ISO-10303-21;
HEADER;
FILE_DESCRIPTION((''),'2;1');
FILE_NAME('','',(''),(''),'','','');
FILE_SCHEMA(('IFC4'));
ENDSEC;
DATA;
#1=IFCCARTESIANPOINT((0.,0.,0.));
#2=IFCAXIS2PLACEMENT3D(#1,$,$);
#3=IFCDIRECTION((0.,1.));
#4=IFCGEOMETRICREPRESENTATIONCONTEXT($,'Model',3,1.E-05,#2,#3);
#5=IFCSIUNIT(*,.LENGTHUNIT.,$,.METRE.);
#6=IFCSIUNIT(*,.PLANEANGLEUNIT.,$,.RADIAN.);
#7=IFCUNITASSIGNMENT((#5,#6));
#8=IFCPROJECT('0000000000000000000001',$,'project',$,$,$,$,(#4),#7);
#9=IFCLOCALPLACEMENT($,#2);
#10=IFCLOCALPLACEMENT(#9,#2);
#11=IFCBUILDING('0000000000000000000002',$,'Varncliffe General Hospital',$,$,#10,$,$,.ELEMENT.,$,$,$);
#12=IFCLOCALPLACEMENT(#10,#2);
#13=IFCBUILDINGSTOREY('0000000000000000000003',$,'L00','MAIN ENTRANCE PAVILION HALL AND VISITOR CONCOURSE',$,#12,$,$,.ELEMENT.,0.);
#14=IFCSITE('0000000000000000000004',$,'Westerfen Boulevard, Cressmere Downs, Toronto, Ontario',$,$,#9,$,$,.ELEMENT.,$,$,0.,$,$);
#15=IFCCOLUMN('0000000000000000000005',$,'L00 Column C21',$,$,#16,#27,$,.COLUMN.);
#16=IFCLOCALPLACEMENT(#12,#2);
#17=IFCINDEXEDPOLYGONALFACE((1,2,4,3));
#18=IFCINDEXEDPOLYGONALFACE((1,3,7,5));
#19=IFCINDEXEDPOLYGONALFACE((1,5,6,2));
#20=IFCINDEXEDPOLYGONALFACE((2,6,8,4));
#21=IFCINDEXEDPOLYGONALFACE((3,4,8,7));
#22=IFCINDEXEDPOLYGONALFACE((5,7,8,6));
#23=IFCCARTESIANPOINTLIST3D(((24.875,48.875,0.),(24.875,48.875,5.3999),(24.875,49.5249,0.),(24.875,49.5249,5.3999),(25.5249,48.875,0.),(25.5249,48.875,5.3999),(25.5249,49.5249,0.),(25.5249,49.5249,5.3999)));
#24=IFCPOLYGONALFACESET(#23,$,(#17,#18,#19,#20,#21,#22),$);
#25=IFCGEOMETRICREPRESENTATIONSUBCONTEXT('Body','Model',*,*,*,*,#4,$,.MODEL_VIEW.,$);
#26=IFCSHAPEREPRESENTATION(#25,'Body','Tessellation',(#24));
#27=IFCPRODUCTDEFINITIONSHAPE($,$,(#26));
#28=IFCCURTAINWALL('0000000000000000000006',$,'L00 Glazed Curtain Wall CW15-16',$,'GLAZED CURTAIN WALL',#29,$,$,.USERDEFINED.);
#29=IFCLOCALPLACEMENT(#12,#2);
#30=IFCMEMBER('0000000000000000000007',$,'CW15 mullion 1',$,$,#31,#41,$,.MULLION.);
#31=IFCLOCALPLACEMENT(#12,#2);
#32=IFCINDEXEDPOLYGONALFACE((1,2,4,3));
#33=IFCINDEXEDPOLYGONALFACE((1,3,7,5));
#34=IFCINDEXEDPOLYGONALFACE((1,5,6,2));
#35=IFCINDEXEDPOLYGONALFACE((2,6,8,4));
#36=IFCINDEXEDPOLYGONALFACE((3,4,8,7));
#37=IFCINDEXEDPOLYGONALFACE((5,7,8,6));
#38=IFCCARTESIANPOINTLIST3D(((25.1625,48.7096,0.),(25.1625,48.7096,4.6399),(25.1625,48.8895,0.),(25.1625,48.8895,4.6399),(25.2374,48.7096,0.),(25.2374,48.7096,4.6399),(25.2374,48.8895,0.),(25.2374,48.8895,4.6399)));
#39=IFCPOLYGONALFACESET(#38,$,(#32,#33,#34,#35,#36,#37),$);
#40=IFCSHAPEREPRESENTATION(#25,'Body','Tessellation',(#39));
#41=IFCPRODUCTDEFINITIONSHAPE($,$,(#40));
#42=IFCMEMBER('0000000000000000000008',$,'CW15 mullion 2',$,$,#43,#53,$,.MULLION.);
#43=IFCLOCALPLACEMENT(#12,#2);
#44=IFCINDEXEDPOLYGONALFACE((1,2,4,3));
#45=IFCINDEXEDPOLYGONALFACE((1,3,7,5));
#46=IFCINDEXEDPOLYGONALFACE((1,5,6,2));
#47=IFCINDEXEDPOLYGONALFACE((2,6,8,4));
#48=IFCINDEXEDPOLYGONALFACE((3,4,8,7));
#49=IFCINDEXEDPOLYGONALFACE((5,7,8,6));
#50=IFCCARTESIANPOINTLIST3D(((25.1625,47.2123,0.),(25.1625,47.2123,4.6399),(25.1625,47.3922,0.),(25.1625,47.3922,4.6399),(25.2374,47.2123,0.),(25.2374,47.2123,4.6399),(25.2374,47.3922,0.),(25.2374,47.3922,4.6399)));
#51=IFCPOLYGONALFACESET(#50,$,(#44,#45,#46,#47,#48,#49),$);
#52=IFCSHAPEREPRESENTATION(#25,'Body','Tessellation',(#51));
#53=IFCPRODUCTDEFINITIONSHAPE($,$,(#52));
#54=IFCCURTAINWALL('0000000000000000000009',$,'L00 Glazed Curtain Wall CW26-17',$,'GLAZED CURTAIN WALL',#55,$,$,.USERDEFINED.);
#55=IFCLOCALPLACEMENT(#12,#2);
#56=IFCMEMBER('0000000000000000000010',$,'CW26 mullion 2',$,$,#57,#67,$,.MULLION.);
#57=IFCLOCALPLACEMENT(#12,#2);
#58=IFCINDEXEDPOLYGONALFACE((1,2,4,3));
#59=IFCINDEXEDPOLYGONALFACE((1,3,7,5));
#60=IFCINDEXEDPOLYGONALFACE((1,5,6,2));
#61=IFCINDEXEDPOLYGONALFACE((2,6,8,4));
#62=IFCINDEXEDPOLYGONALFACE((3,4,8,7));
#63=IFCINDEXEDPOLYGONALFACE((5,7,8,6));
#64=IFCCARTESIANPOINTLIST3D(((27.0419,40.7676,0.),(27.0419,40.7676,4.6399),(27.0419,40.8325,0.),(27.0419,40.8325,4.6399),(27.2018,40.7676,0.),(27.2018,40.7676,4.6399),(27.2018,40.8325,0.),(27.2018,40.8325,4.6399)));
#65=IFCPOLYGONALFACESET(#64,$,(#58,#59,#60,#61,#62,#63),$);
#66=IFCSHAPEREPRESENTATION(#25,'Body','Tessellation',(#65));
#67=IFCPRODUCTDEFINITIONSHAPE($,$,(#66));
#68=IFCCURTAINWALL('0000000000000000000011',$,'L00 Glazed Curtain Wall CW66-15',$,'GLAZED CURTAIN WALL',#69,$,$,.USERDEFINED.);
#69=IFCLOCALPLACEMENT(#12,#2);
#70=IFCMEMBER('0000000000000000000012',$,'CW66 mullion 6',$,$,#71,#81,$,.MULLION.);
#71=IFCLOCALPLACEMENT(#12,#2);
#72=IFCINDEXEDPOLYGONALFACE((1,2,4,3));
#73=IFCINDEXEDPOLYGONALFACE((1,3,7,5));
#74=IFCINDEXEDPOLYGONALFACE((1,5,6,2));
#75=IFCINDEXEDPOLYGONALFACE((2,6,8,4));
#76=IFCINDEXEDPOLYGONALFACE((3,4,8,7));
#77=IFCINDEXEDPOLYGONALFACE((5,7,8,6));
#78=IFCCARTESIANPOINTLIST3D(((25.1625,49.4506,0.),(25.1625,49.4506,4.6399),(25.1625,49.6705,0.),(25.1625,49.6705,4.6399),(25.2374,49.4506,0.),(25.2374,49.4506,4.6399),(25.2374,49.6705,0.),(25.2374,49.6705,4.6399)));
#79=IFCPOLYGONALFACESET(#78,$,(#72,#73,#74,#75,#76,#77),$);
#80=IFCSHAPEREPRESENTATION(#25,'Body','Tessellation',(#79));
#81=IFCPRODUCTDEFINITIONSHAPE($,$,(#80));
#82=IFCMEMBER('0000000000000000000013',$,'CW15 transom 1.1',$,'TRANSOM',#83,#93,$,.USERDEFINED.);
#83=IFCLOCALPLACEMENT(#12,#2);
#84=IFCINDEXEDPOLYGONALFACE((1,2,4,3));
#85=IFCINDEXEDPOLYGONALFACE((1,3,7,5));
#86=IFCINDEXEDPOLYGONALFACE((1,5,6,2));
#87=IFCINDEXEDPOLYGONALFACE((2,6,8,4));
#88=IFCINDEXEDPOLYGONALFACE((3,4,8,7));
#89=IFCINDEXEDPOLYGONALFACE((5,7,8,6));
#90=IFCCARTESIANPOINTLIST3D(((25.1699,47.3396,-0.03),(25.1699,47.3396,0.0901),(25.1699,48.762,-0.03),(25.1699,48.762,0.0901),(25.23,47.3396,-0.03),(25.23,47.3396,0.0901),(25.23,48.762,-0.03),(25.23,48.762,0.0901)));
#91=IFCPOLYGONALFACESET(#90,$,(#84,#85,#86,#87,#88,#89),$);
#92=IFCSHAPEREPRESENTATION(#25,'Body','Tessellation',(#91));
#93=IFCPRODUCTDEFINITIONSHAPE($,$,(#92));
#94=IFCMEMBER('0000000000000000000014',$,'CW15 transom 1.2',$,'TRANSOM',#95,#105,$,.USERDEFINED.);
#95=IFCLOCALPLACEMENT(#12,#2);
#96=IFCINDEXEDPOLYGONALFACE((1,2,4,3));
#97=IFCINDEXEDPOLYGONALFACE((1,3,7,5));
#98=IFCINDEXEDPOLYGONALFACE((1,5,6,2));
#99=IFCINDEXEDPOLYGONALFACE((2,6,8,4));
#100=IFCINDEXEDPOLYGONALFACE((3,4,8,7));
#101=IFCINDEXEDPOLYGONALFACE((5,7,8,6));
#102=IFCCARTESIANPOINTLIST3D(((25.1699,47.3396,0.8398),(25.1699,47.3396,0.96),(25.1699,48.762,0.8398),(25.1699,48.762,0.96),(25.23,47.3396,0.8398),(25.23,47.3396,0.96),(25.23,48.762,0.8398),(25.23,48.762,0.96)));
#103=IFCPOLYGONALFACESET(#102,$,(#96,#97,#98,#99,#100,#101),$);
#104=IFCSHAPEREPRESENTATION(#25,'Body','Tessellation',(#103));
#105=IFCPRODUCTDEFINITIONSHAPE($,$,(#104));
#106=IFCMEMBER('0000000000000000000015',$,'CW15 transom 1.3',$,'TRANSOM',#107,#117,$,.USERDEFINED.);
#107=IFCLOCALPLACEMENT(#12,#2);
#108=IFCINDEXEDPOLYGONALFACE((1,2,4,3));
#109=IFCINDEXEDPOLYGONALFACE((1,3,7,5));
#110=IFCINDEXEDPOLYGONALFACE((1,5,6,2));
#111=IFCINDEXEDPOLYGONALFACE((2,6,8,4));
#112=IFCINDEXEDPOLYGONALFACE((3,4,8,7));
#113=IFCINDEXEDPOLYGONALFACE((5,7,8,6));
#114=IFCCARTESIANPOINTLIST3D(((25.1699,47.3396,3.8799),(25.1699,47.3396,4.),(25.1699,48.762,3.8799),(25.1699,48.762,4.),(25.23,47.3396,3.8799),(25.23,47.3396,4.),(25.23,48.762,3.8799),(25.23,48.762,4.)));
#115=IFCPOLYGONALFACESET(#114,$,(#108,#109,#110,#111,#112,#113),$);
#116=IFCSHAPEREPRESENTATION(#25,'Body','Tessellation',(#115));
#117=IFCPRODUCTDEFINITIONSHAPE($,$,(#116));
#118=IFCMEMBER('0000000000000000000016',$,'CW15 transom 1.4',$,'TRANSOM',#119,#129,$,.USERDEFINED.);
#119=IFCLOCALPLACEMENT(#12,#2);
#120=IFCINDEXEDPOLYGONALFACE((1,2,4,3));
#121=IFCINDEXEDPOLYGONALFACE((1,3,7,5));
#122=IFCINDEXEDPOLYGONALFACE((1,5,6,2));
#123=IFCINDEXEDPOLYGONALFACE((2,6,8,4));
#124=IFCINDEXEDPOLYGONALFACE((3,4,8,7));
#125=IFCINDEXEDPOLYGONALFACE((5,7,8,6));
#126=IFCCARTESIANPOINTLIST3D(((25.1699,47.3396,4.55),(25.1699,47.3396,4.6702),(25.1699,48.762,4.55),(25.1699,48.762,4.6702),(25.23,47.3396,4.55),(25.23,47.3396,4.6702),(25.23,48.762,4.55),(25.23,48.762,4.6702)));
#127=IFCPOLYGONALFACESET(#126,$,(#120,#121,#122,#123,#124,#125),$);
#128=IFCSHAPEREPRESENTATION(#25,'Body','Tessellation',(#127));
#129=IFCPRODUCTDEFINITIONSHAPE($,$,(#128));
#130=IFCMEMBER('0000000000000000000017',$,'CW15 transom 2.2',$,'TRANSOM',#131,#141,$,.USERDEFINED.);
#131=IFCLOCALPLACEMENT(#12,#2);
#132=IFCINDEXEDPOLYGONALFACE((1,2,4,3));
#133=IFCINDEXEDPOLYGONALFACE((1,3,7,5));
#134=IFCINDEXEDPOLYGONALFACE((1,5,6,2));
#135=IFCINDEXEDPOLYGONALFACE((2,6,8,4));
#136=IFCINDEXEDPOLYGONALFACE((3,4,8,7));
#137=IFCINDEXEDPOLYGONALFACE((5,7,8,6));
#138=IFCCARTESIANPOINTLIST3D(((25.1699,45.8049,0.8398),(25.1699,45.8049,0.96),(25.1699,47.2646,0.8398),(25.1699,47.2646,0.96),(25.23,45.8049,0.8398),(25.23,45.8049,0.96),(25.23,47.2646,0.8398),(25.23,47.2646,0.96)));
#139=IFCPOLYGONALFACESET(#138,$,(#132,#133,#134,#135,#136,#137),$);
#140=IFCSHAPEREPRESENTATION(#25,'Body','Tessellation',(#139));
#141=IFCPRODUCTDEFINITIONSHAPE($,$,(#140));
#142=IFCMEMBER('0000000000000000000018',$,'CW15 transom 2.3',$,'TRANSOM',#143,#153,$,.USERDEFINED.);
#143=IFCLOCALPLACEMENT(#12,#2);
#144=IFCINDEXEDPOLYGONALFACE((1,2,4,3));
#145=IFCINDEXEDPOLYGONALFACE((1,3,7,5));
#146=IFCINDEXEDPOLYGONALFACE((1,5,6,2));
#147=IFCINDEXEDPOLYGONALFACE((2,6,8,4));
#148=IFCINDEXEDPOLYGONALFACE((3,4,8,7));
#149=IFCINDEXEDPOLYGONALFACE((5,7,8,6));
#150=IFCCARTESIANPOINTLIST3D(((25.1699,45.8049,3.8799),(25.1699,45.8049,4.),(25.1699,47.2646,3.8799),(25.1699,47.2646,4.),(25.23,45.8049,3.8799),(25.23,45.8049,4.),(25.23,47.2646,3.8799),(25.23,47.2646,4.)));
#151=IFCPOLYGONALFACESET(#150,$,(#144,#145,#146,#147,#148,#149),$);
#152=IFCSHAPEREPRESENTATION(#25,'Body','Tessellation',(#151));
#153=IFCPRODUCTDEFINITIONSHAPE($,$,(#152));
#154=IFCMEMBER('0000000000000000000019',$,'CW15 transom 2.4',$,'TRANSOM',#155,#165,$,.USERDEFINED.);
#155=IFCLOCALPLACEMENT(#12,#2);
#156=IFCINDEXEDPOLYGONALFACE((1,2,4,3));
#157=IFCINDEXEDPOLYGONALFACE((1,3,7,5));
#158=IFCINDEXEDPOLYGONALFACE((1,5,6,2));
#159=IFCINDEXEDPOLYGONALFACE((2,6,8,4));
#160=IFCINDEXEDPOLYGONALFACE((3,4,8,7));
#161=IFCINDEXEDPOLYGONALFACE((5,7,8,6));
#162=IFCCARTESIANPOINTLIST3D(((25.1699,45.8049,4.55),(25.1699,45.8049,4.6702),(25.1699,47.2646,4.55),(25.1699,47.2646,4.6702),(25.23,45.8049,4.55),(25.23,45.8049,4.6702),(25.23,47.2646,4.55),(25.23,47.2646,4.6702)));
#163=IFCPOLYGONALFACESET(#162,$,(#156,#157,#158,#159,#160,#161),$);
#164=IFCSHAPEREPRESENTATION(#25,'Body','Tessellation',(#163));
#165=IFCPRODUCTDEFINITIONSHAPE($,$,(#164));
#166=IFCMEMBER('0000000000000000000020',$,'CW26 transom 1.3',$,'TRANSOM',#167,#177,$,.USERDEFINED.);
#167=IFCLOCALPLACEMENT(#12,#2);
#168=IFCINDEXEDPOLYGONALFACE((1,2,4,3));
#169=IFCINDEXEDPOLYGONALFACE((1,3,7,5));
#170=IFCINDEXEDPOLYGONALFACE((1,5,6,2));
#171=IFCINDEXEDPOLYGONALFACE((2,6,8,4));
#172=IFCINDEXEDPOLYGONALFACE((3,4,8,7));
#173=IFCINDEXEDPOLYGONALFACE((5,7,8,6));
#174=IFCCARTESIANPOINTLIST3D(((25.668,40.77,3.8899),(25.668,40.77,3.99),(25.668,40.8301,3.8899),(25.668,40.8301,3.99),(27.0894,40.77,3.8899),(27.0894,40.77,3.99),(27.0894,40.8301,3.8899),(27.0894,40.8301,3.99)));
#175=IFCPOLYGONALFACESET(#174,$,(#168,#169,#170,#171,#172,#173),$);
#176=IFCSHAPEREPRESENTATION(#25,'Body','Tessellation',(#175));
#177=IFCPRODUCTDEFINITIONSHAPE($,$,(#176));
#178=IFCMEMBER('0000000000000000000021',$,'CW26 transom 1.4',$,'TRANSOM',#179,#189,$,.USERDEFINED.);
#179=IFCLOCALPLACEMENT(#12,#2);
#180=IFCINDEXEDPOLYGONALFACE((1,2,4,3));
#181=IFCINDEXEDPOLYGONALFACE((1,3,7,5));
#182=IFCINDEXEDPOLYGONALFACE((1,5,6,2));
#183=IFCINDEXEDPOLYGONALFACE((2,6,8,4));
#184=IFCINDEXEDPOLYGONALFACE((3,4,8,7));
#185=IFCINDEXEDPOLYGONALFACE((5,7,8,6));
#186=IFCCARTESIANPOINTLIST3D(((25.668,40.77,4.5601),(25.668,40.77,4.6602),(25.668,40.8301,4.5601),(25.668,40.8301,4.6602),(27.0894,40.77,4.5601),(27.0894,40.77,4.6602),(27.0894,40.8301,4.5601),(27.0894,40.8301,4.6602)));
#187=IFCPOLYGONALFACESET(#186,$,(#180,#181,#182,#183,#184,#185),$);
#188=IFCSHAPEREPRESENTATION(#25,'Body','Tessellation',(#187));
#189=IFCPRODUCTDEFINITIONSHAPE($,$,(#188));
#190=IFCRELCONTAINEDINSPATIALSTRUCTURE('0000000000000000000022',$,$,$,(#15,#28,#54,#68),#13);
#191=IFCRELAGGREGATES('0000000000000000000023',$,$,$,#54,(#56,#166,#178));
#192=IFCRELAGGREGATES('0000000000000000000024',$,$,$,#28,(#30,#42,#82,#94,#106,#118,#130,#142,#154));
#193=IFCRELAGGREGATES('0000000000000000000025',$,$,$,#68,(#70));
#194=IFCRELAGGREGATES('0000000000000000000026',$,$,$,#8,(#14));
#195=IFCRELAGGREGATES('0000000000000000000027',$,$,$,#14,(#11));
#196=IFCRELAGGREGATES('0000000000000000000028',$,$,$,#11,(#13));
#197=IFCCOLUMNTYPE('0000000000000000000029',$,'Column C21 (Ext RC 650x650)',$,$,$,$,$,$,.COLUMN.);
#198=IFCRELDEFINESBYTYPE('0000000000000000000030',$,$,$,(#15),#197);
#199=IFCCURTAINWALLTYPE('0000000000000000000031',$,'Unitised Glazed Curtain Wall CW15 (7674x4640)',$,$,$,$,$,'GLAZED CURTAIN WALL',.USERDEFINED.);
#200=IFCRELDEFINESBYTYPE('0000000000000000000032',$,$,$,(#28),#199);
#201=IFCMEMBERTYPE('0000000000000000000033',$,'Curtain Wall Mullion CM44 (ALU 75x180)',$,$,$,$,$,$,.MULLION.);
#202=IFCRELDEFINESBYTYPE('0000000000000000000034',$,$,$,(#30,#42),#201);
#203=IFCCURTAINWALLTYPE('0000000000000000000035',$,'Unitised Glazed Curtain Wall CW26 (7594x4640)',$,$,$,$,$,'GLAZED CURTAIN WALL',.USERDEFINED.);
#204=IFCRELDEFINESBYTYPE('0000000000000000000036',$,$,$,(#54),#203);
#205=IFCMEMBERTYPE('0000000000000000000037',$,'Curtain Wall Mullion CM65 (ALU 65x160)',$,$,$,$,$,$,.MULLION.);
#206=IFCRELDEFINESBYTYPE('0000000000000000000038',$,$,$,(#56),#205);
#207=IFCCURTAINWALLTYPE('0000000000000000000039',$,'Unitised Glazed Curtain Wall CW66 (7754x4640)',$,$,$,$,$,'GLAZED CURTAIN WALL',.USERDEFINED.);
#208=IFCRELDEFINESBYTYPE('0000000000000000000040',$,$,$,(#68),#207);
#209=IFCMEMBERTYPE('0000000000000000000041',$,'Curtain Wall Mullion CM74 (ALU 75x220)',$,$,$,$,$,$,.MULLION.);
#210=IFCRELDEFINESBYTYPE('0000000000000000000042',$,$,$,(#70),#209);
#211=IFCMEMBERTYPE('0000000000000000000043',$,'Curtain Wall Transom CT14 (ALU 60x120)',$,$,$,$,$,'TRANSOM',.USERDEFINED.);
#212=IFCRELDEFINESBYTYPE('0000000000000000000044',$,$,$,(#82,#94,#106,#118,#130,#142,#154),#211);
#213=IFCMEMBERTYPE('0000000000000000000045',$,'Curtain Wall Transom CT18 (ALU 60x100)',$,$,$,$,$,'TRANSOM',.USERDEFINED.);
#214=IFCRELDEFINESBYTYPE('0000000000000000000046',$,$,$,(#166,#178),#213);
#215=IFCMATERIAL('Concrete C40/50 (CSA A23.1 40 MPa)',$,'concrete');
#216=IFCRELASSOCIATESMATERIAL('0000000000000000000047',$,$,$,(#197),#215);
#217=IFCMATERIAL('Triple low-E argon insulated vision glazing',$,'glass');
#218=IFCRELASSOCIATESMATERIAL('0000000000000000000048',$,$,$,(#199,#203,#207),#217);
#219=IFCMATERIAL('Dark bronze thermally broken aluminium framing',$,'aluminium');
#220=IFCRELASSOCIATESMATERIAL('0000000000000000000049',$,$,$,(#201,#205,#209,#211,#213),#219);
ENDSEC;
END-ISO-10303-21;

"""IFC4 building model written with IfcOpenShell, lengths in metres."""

from ifc_helpers import new_model, si_unit, direction, frame, origin, origin_2d, place, context, subcontext, project, spatial, rectangle, extrude, material, material_profile, profile_set, type_object, element, aggregate, save


model = new_model("IFC4")

# Units and contexts
model_context = context("Model", 3, precision=1e-05, world=origin(), true_north=direction((0.0, 1.0)))
body_context = subcontext(model_context, "Body", "Model", "MODEL_VIEW")
ifc_project = project(units=[si_unit("LENGTHUNIT", "METRE"), si_unit("PLANEANGLEUNIT", "RADIAN")], contexts=[model_context])

# Site, building, storey
site_placement = place(None, origin())
site = spatial("IfcSite", under=ifc_project, at=site_placement, Name="Westerfen Boulevard, Cressmere Downs, Toronto, Ontario", CompositionType="ELEMENT", RefElevation=0.0)
building_placement = place(site_placement, origin())
building = spatial("IfcBuilding", under=site, at=building_placement, Name="Varncliffe General Hospital", CompositionType="ELEMENT")
storey_placement = place(building_placement, origin())
storey = spatial("IfcBuildingStorey", under=building, at=storey_placement, Name="L00", Description="MAIN ENTRANCE PAVILION HALL AND VISITOR CONCOURSE", CompositionType="ELEMENT", Elevation=0.0)

# Column
ifc_material_1 = material(Name="Concrete C40/50 (CSA A23.1 40 MPa)", Category="concrete")
ifc_material_profile_1 = material_profile(ifc_material_1, rectangle(XDim=0.6499, YDim=0.6499, at=origin_2d()), Name="RC 650x650")
ifc_profile_set_1 = profile_set([ifc_material_profile_1], Name="Concrete C40/50 (CSA A23.1 40 MPa)")
column_type = type_object("IfcColumnType", Name="Column C21 (Ext RC 650x650)", PredefinedType="COLUMN", material=ifc_profile_set_1)
column_placement = place(storey_placement, frame((25.2, 49.2, 0.0), z_axis=(0.0, 0.0, 1.0), x_axis=(1.0, 0.0, 0.0)))
element("IfcColumn", 1, at=column_placement, inside=storey, type_object=column_type, Name="L00 Column C21", PredefinedType="COLUMN", context=body_context, shape_type="SweptSolid", body=[
    extrude(rectangle(XDim=0.6499, YDim=0.6499, at=origin_2d()), origin(), (0.0, 0.0, 1.0), 5.3999),
])

# Curtain wall, members
ifc_material_2 = material(Name="Triple low-E argon insulated vision glazing", Category="glass")
curtain_wall_type_1 = type_object("IfcCurtainWallType", Name="Unitised Glazed Curtain Wall CW15 (7674x4640)", ElementType="GLAZED CURTAIN WALL", PredefinedType="USERDEFINED", material=ifc_material_2)
curtain_wall_1_placement = place(storey_placement, origin())
curtain_wall_1 = element("IfcCurtainWall", 2, at=curtain_wall_1_placement, inside=storey, type_object=curtain_wall_type_1, Name="L00 Glazed Curtain Wall CW15-16", ObjectType="GLAZED CURTAIN WALL", PredefinedType="USERDEFINED")
ifc_material_3 = material(Name="Dark bronze thermally broken aluminium framing", Category="aluminium")
ifc_material_profile_2 = material_profile(ifc_material_3, rectangle(XDim=0.075, YDim=0.1799, at=origin_2d()), Name="ALU 75x180")
ifc_profile_set_2 = profile_set([ifc_material_profile_2], Name="Dark bronze thermally broken aluminium framing")
member_type_1 = type_object("IfcMemberType", Name="Curtain Wall Mullion CM44 (ALU 75x180)", PredefinedType="MULLION", material=ifc_profile_set_2)
member_1_placement = place(storey_placement, frame((25.2, 48.7996, 0.0), z_axis=(0.0, 0.0, 1.0), x_axis=(1.0, 0.0, 0.0)))
member_1 = element("IfcMember", 3, at=member_1_placement, type_object=member_type_1, Name="CW15 mullion 1", PredefinedType="MULLION", context=body_context, shape_type="SweptSolid", body=[
    extrude(rectangle(XDim=0.075, YDim=0.1799, at=origin_2d()), origin(), (0.0, 0.0, 1.0), 4.6399),
])
member_2_placement = place(storey_placement, frame((25.2, 47.3022, 0.0), z_axis=(0.0, 0.0, 1.0), x_axis=(1.0, 0.0, 0.0)))
member_2 = element("IfcMember", 4, at=member_2_placement, type_object=member_type_1, Name="CW15 mullion 2", PredefinedType="MULLION", context=body_context, shape_type="SweptSolid", body=[
    extrude(rectangle(XDim=0.075, YDim=0.1799, at=origin_2d()), origin(), (0.0, 0.0, 1.0), 4.6399),
])

# Curtain walls, members
curtain_wall_type_2 = type_object("IfcCurtainWallType", Name="Unitised Glazed Curtain Wall CW26 (7594x4640)", ElementType="GLAZED CURTAIN WALL", PredefinedType="USERDEFINED", material=ifc_material_2)
curtain_wall_2_placement = place(storey_placement, origin())
curtain_wall_2 = element("IfcCurtainWall", 5, at=curtain_wall_2_placement, inside=storey, type_object=curtain_wall_type_2, Name="L00 Glazed Curtain Wall CW26-17", ObjectType="GLAZED CURTAIN WALL", PredefinedType="USERDEFINED")
ifc_material_profile_3 = material_profile(ifc_material_3, rectangle(XDim=0.0649, YDim=0.1599, at=origin_2d()), Name="ALU 65x160")
ifc_profile_set_3 = profile_set([ifc_material_profile_3], Name="Dark bronze thermally broken aluminium framing")
member_type_2 = type_object("IfcMemberType", Name="Curtain Wall Mullion CM65 (ALU 65x160)", PredefinedType="MULLION", material=ifc_profile_set_3)
member_3_placement = place(storey_placement, frame((27.1218, 40.8, 0.0), z_axis=(0.0, 0.0, 1.0), x_axis=(0.0, 1.0, 0.0)))
member_3 = element("IfcMember", 6, at=member_3_placement, type_object=member_type_2, Name="CW26 mullion 2", PredefinedType="MULLION", context=body_context, shape_type="SweptSolid", body=[
    extrude(rectangle(XDim=0.0649, YDim=0.1599, at=origin_2d()), origin(), (0.0, 0.0, 1.0), 4.6399),
])
curtain_wall_type_3 = type_object("IfcCurtainWallType", Name="Unitised Glazed Curtain Wall CW66 (7754x4640)", ElementType="GLAZED CURTAIN WALL", PredefinedType="USERDEFINED", material=ifc_material_2)
curtain_wall_3_placement = place(storey_placement, origin())
curtain_wall_3 = element("IfcCurtainWall", 7, at=curtain_wall_3_placement, inside=storey, type_object=curtain_wall_type_3, Name="L00 Glazed Curtain Wall CW66-15", ObjectType="GLAZED CURTAIN WALL", PredefinedType="USERDEFINED")
ifc_material_profile_4 = material_profile(ifc_material_3, rectangle(XDim=0.075, YDim=0.22, at=origin_2d()), Name="ALU 75x220")
ifc_profile_set_4 = profile_set([ifc_material_profile_4], Name="Dark bronze thermally broken aluminium framing")
member_type_3 = type_object("IfcMemberType", Name="Curtain Wall Mullion CM74 (ALU 75x220)", PredefinedType="MULLION", material=ifc_profile_set_4)
member_4_placement = place(storey_placement, frame((25.2, 49.5605, 0.0), z_axis=(0.0, 0.0, 1.0), x_axis=(1.0, 0.0, 0.0)))
member_4 = element("IfcMember", 8, at=member_4_placement, type_object=member_type_3, Name="CW66 mullion 6", PredefinedType="MULLION", context=body_context, shape_type="SweptSolid", body=[
    extrude(rectangle(XDim=0.075, YDim=0.22, at=origin_2d()), origin(), (0.0, 0.0, 1.0), 4.6399),
])

# Members
ifc_material_profile_5 = material_profile(ifc_material_3, rectangle(XDim=0.0601, YDim=0.1201, at=origin_2d()), Name="ALU 60x120")
ifc_profile_set_5 = profile_set([ifc_material_profile_5], Name="Dark bronze thermally broken aluminium framing")
member_type_4 = type_object("IfcMemberType", Name="Curtain Wall Transom CT14 (ALU 60x120)", ElementType="TRANSOM", PredefinedType="USERDEFINED", material=ifc_profile_set_5)
member_5_placement = place(storey_placement, frame((25.2, 48.762, 0.03), z_axis=(0.0, -1.0, 0.0), x_axis=(1.0, 0.0, 0.0)))
member_5 = element("IfcMember", 9, at=member_5_placement, type_object=member_type_4, Name="CW15 transom 1.1", ObjectType="TRANSOM", PredefinedType="USERDEFINED", context=body_context, shape_type="SweptSolid", body=[
    extrude(rectangle(XDim=0.0601, YDim=0.1201, at=origin_2d()), origin(), (0.0, 0.0, 1.0), 1.4224),
])
member_6_placement = place(storey_placement, frame((25.2, 48.762, 0.8999), z_axis=(0.0, -1.0, 0.0), x_axis=(1.0, 0.0, 0.0)))
member_6 = element("IfcMember", 10, at=member_6_placement, type_object=member_type_4, Name="CW15 transom 1.2", ObjectType="TRANSOM", PredefinedType="USERDEFINED", context=body_context, shape_type="SweptSolid", body=[
    extrude(rectangle(XDim=0.0601, YDim=0.1201, at=origin_2d()), origin(), (0.0, 0.0, 1.0), 1.4224),
])
member_7_placement = place(storey_placement, frame((25.2, 48.762, 3.9399), z_axis=(0.0, -1.0, 0.0), x_axis=(1.0, 0.0, 0.0)))
member_7 = element("IfcMember", 11, at=member_7_placement, type_object=member_type_4, Name="CW15 transom 1.3", ObjectType="TRANSOM", PredefinedType="USERDEFINED", context=body_context, shape_type="SweptSolid", body=[
    extrude(rectangle(XDim=0.0601, YDim=0.1201, at=origin_2d()), origin(), (0.0, 0.0, 1.0), 1.4224),
])
member_8_placement = place(storey_placement, frame((25.2, 48.762, 4.6101), z_axis=(0.0, -1.0, 0.0), x_axis=(1.0, 0.0, 0.0)))
member_8 = element("IfcMember", 12, at=member_8_placement, type_object=member_type_4, Name="CW15 transom 1.4", ObjectType="TRANSOM", PredefinedType="USERDEFINED", context=body_context, shape_type="SweptSolid", body=[
    extrude(rectangle(XDim=0.0601, YDim=0.1201, at=origin_2d()), origin(), (0.0, 0.0, 1.0), 1.4224),
])
member_9_placement = place(storey_placement, frame((25.2, 47.2646, 0.8999), z_axis=(0.0, -1.0, 0.0), x_axis=(1.0, 0.0, 0.0)))
member_9 = element("IfcMember", 13, at=member_9_placement, type_object=member_type_4, Name="CW15 transom 2.2", ObjectType="TRANSOM", PredefinedType="USERDEFINED", context=body_context, shape_type="SweptSolid", body=[
    extrude(rectangle(XDim=0.0601, YDim=0.1201, at=origin_2d()), origin(), (0.0, 0.0, 1.0), 1.4597),
])
member_10_placement = place(storey_placement, frame((25.2, 47.2646, 3.9399), z_axis=(0.0, -1.0, 0.0), x_axis=(1.0, 0.0, 0.0)))
member_10 = element("IfcMember", 14, at=member_10_placement, type_object=member_type_4, Name="CW15 transom 2.3", ObjectType="TRANSOM", PredefinedType="USERDEFINED", context=body_context, shape_type="SweptSolid", body=[
    extrude(rectangle(XDim=0.0601, YDim=0.1201, at=origin_2d()), origin(), (0.0, 0.0, 1.0), 1.4597),
])
member_11_placement = place(storey_placement, frame((25.2, 47.2646, 4.6101), z_axis=(0.0, -1.0, 0.0), x_axis=(1.0, 0.0, 0.0)))
member_11 = element("IfcMember", 15, at=member_11_placement, type_object=member_type_4, Name="CW15 transom 2.4", ObjectType="TRANSOM", PredefinedType="USERDEFINED", context=body_context, shape_type="SweptSolid", body=[
    extrude(rectangle(XDim=0.0601, YDim=0.1201, at=origin_2d()), origin(), (0.0, 0.0, 1.0), 1.4597),
])
ifc_material_profile_6 = material_profile(ifc_material_3, rectangle(XDim=0.0601, YDim=0.1001, at=origin_2d()), Name="ALU 60x100")
ifc_profile_set_6 = profile_set([ifc_material_profile_6], Name="Dark bronze thermally broken aluminium framing")
member_type_5 = type_object("IfcMemberType", Name="Curtain Wall Transom CT18 (ALU 60x100)", ElementType="TRANSOM", PredefinedType="USERDEFINED", material=ifc_profile_set_6)
member_12_placement = place(storey_placement, frame((25.668, 40.8, 3.9399), z_axis=(1.0, 0.0, 0.0), x_axis=(0.0, 1.0, 0.0)))
member_12 = element("IfcMember", 16, at=member_12_placement, type_object=member_type_5, Name="CW26 transom 1.3", ObjectType="TRANSOM", PredefinedType="USERDEFINED", context=body_context, shape_type="SweptSolid", body=[
    extrude(rectangle(XDim=0.0601, YDim=0.1001, at=origin_2d()), origin(), (0.0, 0.0, 1.0), 1.4214),
])
member_13_placement = place(storey_placement, frame((25.668, 40.8, 4.6101), z_axis=(1.0, 0.0, 0.0), x_axis=(0.0, 1.0, 0.0)))
member_13 = element("IfcMember", 17, at=member_13_placement, type_object=member_type_5, Name="CW26 transom 1.4", ObjectType="TRANSOM", PredefinedType="USERDEFINED", context=body_context, shape_type="SweptSolid", body=[
    extrude(rectangle(XDim=0.0601, YDim=0.1001, at=origin_2d()), origin(), (0.0, 0.0, 1.0), 1.4214),
])

aggregate(curtain_wall_2, [member_3, member_12, member_13])
aggregate(curtain_wall_1, [member_1, member_2, member_5, member_6, member_7, member_8, member_9, member_10, member_11])
aggregate(curtain_wall_3, [member_4])

save(model, "model.ifc")
